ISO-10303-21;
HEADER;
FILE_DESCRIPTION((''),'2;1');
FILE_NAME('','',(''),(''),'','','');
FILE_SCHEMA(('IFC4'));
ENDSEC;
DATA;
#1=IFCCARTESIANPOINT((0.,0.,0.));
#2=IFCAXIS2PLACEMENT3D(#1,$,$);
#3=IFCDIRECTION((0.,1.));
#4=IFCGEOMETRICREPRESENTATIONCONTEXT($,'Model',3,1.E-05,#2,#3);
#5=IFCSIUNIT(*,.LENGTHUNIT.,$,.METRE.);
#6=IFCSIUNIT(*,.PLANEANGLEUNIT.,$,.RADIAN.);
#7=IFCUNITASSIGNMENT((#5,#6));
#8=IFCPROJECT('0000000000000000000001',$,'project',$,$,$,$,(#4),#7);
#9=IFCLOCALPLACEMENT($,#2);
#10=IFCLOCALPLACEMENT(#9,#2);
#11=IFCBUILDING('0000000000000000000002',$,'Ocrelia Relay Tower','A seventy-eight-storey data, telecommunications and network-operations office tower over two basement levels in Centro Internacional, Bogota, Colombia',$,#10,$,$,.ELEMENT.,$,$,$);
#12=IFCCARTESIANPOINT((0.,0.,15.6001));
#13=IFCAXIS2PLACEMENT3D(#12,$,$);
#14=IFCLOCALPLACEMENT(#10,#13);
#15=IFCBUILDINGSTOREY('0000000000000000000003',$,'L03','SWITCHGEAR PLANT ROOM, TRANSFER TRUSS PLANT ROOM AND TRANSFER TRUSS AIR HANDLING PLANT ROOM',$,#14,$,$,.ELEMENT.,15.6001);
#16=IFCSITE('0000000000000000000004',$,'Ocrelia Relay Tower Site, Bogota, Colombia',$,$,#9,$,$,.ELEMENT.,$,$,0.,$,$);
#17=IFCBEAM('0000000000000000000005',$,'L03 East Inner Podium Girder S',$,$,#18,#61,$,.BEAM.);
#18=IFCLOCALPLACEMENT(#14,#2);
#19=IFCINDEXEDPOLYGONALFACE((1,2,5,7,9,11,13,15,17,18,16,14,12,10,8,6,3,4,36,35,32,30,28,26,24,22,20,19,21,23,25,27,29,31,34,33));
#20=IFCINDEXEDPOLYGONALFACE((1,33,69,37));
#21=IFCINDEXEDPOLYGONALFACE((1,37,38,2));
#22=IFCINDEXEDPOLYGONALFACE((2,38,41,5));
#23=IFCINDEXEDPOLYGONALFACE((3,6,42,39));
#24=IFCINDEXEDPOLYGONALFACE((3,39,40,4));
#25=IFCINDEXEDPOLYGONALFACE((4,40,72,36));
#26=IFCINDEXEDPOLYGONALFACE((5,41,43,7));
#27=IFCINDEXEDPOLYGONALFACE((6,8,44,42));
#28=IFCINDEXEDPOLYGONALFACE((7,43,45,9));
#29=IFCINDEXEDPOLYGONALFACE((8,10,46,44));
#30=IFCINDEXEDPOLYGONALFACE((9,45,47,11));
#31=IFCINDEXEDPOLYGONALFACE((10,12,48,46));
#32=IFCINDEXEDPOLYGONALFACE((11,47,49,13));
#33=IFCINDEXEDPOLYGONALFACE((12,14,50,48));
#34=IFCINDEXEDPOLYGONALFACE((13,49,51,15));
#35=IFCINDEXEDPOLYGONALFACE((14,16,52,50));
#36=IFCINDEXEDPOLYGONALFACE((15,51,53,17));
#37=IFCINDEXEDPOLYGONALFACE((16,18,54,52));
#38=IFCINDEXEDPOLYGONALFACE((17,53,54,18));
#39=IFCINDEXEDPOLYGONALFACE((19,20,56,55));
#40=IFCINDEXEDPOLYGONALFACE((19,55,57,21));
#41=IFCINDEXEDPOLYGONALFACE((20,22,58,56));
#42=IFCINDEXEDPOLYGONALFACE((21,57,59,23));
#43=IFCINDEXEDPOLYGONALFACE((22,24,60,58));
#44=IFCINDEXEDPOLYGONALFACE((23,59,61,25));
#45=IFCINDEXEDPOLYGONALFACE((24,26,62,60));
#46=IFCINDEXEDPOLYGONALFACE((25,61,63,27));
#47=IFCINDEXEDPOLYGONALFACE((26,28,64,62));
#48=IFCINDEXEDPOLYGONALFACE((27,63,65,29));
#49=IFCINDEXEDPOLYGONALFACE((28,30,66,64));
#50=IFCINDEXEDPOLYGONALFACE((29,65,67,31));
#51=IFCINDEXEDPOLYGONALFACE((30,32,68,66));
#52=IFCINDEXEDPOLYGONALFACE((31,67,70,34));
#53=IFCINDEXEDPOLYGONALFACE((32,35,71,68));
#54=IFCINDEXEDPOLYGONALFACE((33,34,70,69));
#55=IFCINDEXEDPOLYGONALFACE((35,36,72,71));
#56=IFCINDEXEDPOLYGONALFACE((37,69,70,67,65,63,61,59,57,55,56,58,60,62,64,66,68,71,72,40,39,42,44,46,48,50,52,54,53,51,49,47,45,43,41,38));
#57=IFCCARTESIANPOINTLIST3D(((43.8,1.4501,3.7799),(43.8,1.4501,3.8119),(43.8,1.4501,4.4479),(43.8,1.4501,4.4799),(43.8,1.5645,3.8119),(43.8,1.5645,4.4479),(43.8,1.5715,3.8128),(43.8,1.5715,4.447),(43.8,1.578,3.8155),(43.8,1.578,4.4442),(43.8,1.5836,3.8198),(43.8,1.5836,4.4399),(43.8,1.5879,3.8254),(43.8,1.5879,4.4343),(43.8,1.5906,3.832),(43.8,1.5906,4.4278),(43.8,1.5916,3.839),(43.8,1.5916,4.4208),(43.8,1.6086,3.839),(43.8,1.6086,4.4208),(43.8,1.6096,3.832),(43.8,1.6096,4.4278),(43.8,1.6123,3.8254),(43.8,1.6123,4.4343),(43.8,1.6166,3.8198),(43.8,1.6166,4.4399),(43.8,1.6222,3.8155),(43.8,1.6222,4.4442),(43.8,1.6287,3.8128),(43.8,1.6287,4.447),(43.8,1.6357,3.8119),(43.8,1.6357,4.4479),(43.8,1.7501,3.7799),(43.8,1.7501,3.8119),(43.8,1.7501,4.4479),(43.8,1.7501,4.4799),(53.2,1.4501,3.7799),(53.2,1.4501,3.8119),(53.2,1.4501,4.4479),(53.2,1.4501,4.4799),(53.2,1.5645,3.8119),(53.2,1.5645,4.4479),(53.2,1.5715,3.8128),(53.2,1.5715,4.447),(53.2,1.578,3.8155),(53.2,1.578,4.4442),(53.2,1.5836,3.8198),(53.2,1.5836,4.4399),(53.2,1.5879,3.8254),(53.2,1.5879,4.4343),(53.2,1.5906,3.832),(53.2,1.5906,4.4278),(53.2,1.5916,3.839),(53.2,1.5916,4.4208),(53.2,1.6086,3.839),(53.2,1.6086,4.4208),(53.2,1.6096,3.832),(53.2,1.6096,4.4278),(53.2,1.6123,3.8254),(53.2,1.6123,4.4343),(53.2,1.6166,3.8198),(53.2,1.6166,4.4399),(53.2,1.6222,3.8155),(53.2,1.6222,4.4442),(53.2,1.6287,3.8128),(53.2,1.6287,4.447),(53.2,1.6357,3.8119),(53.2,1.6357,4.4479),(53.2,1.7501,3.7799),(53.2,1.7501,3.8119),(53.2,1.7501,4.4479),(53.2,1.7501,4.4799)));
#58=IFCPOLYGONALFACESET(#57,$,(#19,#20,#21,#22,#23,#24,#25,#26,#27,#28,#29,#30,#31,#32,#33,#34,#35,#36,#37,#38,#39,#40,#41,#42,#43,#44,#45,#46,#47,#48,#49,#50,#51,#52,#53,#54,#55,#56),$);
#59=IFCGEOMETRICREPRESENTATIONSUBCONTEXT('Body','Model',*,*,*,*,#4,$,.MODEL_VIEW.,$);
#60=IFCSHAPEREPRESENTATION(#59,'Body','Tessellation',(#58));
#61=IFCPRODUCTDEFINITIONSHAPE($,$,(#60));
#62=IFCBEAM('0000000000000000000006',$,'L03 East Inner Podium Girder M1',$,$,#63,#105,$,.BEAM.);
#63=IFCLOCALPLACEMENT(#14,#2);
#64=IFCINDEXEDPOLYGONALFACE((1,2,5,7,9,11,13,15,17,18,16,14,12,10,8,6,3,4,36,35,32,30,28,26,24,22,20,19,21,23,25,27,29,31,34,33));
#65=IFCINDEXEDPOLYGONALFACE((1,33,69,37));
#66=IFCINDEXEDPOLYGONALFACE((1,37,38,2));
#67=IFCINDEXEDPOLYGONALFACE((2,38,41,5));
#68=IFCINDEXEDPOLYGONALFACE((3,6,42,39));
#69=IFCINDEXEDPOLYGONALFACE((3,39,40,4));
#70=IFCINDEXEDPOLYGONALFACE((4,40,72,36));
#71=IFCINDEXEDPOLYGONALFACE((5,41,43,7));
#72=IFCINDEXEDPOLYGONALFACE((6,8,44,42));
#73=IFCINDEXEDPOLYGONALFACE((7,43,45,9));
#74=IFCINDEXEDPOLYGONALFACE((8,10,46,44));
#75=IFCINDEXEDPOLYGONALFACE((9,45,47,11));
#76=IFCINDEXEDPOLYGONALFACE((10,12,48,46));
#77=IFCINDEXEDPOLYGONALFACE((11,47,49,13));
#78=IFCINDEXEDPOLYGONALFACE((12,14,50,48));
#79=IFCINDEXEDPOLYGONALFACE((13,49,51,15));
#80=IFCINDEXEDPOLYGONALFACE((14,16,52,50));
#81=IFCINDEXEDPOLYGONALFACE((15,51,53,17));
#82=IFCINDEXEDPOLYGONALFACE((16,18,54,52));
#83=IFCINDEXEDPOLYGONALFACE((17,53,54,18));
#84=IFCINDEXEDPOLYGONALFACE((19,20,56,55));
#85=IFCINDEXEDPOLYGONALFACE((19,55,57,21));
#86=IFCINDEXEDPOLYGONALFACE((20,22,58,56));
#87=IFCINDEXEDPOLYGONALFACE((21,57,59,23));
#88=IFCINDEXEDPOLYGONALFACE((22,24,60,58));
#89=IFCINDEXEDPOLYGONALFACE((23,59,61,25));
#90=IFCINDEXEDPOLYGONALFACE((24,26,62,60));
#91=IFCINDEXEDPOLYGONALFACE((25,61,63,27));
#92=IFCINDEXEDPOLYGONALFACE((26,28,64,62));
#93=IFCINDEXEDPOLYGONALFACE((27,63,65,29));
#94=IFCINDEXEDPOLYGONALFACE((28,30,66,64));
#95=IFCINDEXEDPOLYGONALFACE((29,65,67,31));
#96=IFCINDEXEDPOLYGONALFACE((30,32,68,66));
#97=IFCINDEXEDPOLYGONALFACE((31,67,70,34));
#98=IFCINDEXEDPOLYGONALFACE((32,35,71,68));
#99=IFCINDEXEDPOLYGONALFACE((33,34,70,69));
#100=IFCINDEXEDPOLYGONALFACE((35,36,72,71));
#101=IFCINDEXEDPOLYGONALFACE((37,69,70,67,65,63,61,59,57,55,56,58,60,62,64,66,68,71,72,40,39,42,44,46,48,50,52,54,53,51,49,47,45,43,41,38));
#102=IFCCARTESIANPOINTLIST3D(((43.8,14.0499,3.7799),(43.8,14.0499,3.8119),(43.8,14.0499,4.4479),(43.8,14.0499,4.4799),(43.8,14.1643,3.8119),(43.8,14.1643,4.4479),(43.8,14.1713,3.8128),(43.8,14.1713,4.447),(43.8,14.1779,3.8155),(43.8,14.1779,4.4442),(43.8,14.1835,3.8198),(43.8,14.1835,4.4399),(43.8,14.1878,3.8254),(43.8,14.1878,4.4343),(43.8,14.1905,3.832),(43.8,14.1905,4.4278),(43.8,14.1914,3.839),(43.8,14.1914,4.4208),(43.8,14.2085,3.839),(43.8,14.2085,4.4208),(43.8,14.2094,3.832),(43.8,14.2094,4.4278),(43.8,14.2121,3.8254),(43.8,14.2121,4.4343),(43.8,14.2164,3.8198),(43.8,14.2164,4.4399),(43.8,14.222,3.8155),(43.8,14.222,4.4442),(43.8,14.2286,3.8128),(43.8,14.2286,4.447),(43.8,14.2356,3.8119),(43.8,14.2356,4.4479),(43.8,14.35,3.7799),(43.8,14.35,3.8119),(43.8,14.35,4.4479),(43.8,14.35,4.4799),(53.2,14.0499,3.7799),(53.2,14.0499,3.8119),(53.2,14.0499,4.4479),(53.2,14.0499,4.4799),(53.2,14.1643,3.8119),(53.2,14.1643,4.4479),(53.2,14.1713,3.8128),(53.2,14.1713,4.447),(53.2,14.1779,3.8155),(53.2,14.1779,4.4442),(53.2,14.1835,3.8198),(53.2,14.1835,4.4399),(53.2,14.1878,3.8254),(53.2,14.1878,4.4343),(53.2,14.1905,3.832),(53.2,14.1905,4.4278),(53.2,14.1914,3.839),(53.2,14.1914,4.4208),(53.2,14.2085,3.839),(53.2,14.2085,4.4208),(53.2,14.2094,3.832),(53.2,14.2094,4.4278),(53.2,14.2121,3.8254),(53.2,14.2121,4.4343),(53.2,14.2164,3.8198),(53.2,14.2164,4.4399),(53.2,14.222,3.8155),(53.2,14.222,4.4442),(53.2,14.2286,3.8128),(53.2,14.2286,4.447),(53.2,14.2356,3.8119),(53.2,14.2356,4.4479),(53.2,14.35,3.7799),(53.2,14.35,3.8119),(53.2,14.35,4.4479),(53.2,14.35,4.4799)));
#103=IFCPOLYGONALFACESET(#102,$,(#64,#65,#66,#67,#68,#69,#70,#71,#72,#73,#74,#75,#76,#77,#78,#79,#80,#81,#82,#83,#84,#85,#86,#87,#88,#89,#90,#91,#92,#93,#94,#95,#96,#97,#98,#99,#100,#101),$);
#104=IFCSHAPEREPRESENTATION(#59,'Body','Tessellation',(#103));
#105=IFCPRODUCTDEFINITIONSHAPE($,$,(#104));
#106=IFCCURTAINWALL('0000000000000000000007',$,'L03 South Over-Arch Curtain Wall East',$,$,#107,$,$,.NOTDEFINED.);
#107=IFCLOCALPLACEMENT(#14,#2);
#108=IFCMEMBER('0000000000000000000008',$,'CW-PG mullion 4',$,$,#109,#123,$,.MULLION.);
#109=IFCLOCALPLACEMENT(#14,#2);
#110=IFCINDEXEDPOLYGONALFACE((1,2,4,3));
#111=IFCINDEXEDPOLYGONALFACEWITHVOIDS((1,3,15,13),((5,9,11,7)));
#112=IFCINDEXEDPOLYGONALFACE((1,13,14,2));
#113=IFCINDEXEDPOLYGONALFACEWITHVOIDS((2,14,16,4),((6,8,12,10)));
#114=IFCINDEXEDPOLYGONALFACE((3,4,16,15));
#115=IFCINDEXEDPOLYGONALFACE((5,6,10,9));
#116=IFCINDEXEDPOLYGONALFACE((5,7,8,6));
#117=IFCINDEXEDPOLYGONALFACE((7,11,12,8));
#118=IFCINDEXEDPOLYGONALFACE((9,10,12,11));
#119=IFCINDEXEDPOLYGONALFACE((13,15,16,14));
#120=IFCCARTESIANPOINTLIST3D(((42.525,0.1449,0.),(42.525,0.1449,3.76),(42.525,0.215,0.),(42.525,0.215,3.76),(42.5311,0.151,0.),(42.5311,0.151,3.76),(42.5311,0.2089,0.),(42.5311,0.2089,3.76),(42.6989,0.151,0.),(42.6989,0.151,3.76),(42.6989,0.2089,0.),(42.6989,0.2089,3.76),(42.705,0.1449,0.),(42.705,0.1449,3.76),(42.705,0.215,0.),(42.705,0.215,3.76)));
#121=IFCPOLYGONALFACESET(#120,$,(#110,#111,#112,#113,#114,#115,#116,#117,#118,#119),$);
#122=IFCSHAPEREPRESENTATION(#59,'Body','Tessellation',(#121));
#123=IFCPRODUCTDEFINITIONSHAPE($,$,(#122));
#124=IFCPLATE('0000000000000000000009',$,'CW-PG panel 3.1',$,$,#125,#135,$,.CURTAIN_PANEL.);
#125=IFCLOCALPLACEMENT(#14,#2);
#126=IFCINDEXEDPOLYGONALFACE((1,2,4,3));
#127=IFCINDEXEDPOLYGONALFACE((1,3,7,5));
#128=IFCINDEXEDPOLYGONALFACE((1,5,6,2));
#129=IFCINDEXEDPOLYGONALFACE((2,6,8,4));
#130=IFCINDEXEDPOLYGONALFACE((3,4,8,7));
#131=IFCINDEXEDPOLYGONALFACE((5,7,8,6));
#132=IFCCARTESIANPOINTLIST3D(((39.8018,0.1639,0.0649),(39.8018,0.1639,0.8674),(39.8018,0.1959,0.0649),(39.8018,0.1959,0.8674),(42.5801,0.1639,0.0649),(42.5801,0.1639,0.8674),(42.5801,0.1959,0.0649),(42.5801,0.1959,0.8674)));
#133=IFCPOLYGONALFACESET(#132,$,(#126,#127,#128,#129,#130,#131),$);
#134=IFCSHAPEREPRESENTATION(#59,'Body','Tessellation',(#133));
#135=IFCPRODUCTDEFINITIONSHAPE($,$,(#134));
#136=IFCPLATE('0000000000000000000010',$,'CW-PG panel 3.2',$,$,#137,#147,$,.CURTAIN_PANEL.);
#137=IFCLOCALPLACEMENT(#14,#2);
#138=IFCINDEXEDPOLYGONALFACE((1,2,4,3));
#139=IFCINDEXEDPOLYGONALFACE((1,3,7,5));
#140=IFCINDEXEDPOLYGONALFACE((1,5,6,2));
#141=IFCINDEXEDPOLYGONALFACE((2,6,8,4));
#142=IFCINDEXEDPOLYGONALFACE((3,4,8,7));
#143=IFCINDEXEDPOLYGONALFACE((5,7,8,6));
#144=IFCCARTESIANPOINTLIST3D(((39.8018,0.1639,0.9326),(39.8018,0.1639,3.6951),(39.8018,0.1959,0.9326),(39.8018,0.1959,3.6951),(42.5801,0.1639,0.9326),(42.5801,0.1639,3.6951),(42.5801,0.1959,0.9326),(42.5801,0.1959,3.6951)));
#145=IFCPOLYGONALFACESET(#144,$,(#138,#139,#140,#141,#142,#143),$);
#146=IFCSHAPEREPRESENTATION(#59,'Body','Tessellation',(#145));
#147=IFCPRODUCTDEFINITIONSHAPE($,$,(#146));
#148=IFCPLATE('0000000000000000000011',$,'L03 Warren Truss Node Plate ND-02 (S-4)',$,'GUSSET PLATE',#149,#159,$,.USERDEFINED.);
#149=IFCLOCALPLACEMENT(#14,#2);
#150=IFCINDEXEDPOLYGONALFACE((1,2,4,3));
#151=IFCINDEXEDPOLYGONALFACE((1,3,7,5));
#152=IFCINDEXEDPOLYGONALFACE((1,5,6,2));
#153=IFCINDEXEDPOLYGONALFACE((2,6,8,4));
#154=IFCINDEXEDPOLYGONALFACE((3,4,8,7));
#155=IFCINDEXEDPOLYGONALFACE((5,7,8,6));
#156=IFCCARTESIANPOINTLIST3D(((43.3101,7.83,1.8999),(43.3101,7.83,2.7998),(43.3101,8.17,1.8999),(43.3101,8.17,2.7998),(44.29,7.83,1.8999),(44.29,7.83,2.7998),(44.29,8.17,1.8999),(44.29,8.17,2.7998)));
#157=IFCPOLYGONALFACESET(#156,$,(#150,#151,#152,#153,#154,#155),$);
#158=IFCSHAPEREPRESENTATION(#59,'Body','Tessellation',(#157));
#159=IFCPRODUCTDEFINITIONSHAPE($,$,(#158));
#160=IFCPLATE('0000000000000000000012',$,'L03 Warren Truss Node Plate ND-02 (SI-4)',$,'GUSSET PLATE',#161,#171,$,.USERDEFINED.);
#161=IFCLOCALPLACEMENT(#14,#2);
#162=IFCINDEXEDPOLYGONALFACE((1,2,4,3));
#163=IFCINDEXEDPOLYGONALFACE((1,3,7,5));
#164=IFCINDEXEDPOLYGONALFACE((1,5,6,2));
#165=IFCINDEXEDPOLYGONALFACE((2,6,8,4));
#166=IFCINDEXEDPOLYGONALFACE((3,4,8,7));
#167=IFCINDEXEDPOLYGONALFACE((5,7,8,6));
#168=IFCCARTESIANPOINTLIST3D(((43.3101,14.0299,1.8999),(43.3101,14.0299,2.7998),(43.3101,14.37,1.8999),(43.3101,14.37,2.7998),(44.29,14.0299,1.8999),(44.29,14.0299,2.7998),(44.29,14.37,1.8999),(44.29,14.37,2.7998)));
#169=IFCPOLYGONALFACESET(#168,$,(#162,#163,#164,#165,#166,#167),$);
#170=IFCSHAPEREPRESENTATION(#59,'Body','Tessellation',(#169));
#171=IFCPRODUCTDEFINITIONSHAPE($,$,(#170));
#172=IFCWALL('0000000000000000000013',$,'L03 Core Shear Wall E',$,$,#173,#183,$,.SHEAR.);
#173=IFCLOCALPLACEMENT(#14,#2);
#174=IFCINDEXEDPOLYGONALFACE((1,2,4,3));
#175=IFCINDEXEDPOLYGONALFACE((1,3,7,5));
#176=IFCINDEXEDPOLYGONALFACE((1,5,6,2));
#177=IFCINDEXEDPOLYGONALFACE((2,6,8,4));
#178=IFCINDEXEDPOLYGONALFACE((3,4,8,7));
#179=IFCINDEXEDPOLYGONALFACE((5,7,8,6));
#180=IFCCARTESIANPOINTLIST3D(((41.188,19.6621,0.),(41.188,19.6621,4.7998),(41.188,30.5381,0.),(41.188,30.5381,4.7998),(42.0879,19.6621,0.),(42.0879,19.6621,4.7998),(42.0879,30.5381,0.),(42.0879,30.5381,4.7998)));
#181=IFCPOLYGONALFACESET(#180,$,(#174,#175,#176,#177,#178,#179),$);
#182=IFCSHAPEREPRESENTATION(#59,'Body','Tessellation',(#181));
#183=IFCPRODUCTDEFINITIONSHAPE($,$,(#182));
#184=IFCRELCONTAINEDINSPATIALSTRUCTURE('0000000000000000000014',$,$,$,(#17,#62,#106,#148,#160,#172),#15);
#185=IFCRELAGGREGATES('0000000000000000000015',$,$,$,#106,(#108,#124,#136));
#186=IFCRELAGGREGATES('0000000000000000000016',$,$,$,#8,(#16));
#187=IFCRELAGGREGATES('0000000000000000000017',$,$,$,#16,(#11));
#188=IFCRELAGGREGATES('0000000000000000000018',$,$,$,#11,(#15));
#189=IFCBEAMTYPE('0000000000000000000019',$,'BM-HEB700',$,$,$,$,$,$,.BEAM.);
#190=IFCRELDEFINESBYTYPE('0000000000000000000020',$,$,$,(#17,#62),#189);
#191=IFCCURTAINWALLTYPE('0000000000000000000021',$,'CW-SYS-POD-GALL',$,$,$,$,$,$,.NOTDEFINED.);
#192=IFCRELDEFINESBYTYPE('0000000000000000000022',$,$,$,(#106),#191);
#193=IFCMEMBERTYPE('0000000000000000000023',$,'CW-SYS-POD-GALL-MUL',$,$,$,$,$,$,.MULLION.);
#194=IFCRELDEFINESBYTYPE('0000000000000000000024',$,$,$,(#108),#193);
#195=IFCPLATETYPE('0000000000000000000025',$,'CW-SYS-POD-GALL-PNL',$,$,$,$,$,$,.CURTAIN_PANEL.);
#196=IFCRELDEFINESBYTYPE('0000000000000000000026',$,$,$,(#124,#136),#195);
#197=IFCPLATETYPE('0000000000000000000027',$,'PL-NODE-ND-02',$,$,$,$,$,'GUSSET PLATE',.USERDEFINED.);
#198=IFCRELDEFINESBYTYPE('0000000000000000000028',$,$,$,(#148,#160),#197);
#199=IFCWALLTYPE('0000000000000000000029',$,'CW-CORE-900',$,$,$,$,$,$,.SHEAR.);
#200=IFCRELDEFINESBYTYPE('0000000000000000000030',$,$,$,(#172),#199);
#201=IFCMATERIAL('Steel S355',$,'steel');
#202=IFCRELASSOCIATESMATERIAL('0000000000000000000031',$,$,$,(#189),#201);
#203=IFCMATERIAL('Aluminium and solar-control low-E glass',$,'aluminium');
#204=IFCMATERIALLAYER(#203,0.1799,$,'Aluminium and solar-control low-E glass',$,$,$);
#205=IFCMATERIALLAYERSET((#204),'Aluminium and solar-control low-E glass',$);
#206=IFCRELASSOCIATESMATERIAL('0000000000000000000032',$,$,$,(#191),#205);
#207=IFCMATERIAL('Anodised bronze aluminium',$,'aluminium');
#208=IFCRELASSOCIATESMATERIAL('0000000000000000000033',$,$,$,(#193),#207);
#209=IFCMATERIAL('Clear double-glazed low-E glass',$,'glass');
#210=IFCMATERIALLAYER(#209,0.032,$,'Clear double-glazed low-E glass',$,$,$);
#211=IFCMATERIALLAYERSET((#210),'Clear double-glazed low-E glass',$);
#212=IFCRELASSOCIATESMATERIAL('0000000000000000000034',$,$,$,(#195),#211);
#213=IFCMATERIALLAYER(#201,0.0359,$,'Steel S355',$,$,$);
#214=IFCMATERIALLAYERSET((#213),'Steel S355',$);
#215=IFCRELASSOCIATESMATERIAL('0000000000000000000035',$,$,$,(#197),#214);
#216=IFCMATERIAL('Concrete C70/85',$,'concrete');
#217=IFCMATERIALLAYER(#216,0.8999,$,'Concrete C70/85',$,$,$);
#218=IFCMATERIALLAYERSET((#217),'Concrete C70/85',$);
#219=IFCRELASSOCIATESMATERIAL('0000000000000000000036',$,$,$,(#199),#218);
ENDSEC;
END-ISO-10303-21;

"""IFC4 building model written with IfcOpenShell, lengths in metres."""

from ifc_helpers import new_model, si_unit, direction, frame, frame_2d, origin, origin_2d, place, context, subcontext, project, spatial, rectangle, hollow_rectangle, i_section, extrude, material, layer, layer_set, material_profile, profile_set, type_object, element, aggregate, save


model = new_model("IFC4")

# Units and contexts
model_context = context("Model", 3, precision=1e-05, world=origin(), true_north=direction((0.0, 1.0)))
body_context = subcontext(model_context, "Body", "Model", "MODEL_VIEW")
ifc_project = project(units=[si_unit("LENGTHUNIT", "METRE"), si_unit("PLANEANGLEUNIT", "RADIAN")], contexts=[model_context])

# Site, building, storey
site_placement = place(None, origin())
site = spatial("IfcSite", under=ifc_project, at=site_placement, Name="Ocrelia Relay Tower Site, Bogota, Colombia", CompositionType="ELEMENT", RefElevation=0.0)
building_placement = place(site_placement, origin())
building = spatial("IfcBuilding", under=site, at=building_placement, Name="Ocrelia Relay Tower", Description="A seventy-eight-storey data, telecommunications and network-operations office tower over two basement levels in Centro Internacional, Bogota, Colombia", CompositionType="ELEMENT")
storey_placement = place(building_placement, frame((0.0, 0.0, 15.6001)))
storey = spatial("IfcBuildingStorey", under=building, at=storey_placement, Name="L03", Description="SWITCHGEAR PLANT ROOM, TRANSFER TRUSS PLANT ROOM AND TRANSFER TRUSS AIR HANDLING PLANT ROOM", CompositionType="ELEMENT", Elevation=15.6001)

# Shared definitions
ifc_material_1 = material(Name="Concrete C70/85", Category="concrete")

# Beams
ifc_material_2 = material(Name="Steel S355", Category="steel")
ifc_material_profile_1 = material_profile(ifc_material_2, i_section(OverallWidth=0.3, OverallDepth=0.7, WebThickness=0.0171, FlangeThickness=0.032, FilletRadius=0.0271, at=origin_2d()), Name="HEB 700")
ifc_profile_set_1 = profile_set([ifc_material_profile_1], Name="Steel S355")
beam_type_1 = type_object("IfcBeamType", Name="BM-HEB700", PredefinedType="BEAM", material=ifc_profile_set_1)
for number, where, z_axis, x_axis, name in (
    (1, (43.8, 1.6001, 4.1299), (1.0, 0.0, 0.0), (0.0, 1.0, 0.0), "L03 East Inner Podium Girder S"),
    (2, (43.8, 14.2, 4.1299), (1.0, 0.0, 0.0), (0.0, 1.0, 0.0), "L03 East Inner Podium Girder M1"),
):
    element("IfcBeam", number, at=place(storey_placement, frame(where, z_axis=z_axis, x_axis=x_axis)), inside=storey, type_object=beam_type_1, Name=name, PredefinedType="BEAM", context=body_context, shape_type="SweptSolid", body=[
        extrude(i_section(OverallWidth=0.3, OverallDepth=0.7, WebThickness=0.0171, FlangeThickness=0.032, FilletRadius=0.0271, at=origin_2d()), origin(), (0.0, 0.0, 1.0), 9.3999),
    ])

# Curtain wall, member, plates
ifc_material_3 = material(Name="Aluminium and solar-control low-E glass", Category="aluminium")
ifc_layer_1 = layer(ifc_material_3, 0.1799, Name="Aluminium and solar-control low-E glass")
ifc_layer_set_1 = layer_set([ifc_layer_1], Name="Aluminium and solar-control low-E glass")
curtain_wall_type = type_object("IfcCurtainWallType", Name="CW-SYS-POD-GALL", PredefinedType="NOTDEFINED", material=ifc_layer_set_1)
curtain_wall_placement = place(storey_placement, origin())
curtain_wall = element("IfcCurtainWall", 3, at=curtain_wall_placement, inside=storey, type_object=curtain_wall_type, Name="L03 South Over-Arch Curtain Wall East", PredefinedType="NOTDEFINED")
ifc_material_4 = material(Name="Anodised bronze aluminium", Category="aluminium")
ifc_material_profile_2 = material_profile(ifc_material_4, hollow_rectangle(XDim=0.0701, YDim=0.1799, WallThickness=0.0061, at=origin_2d()), Name="CW-MUL-180x70")
ifc_profile_set_2 = profile_set([ifc_material_profile_2], Name="Anodised bronze aluminium")
member_type = type_object("IfcMemberType", Name="CW-SYS-POD-GALL-MUL", PredefinedType="MULLION", material=ifc_profile_set_2)
member_placement = place(storey_placement, frame((42.615, 0.1799, 0.0), z_axis=(0.0, 0.0, 1.0), x_axis=(0.0, 1.0, 0.0)))
member = element("IfcMember", 4, at=member_placement, type_object=member_type, Name="CW-PG mullion 4", PredefinedType="MULLION", context=body_context, shape_type="SweptSolid", body=[
    extrude(hollow_rectangle(XDim=0.0701, YDim=0.1799, WallThickness=0.0061, at=origin_2d()), origin(), (0.0, 0.0, 1.0), 3.76),
])
ifc_material_5 = material(Name="Clear double-glazed low-E glass", Category="glass")
ifc_layer_2 = layer(ifc_material_5, 0.032, Name="Clear double-glazed low-E glass")
ifc_layer_set_2 = layer_set([ifc_layer_2], Name="Clear double-glazed low-E glass")
plate_type_1 = type_object("IfcPlateType", Name="CW-SYS-POD-GALL-PNL", PredefinedType="CURTAIN_PANEL", material=ifc_layer_set_2)
plate_1_placement = place(storey_placement, frame((41.1909, 0.1799, 0.0649), z_axis=(0.0, 0.0, 1.0), x_axis=(1.0, 0.0, 0.0)))
plate_1 = element("IfcPlate", 5, at=plate_1_placement, type_object=plate_type_1, Name="CW-PG panel 3.1", PredefinedType="CURTAIN_PANEL", context=body_context, shape_type="SweptSolid", body=[
    extrude(rectangle(XDim=2.7783, YDim=0.032, at=origin_2d()), origin(), (0.0, 0.0, 1.0), 0.8025),
])
plate_2_placement = place(storey_placement, frame((41.1909, 0.1799, 0.9326), z_axis=(0.0, 0.0, 1.0), x_axis=(1.0, 0.0, 0.0)))
plate_2 = element("IfcPlate", 6, at=plate_2_placement, type_object=plate_type_1, Name="CW-PG panel 3.2", PredefinedType="CURTAIN_PANEL", context=body_context, shape_type="SweptSolid", body=[
    extrude(rectangle(XDim=2.7783, YDim=0.032, at=origin_2d()), origin(), (0.0, 0.0, 1.0), 2.7625),
])
aggregate(curtain_wall, [member, plate_1, plate_2])

# Plates
ifc_layer_3 = layer(ifc_material_2, 0.0359, Name="Steel S355")
ifc_layer_set_3 = layer_set([ifc_layer_3], Name="Steel S355")
plate_type_2 = type_object("IfcPlateType", Name="PL-NODE-ND-02", ElementType="GUSSET PLATE", PredefinedType="USERDEFINED", material=ifc_layer_set_3)
for number, where, z_axis, x_axis, name in (
    (7, (43.8, 8.0, 1.8999), (0.0, 0.0, 1.0), (1.0, 0.0, 0.0), "L03 Warren Truss Node Plate ND-02 (S-4)"),
    (8, (43.8, 14.2, 1.8999), (0.0, 0.0, 1.0), (1.0, 0.0, 0.0), "L03 Warren Truss Node Plate ND-02 (SI-4)"),
):
    element("IfcPlate", number, at=place(storey_placement, frame(where, z_axis=z_axis, x_axis=x_axis)), inside=storey, type_object=plate_type_2, Name=name, ObjectType="GUSSET PLATE", PredefinedType="USERDEFINED", context=body_context, shape_type="SweptSolid", body=[
        extrude(rectangle(XDim=0.98, YDim=0.3401, at=origin_2d()), origin(), (0.0, 0.0, 1.0), 0.8999),
    ])

# Wall
ifc_layer_4 = layer(ifc_material_1, 0.8999, Name="Concrete C70/85")
ifc_layer_set_4 = layer_set([ifc_layer_4], Name="Concrete C70/85")
wall_type_1 = type_object("IfcWallType", Name="CW-CORE-900", PredefinedType="SHEAR", material=ifc_layer_set_4)
wall_1_placement = place(storey_placement, frame((41.6379, 19.6621, 0.0), z_axis=(0.0, 0.0, 1.0), x_axis=(0.0, 1.0, 0.0)))
element("IfcWall", 9, at=wall_1_placement, inside=storey, type_object=wall_type_1, Name="L03 Core Shear Wall E", PredefinedType="SHEAR", context=body_context, shape_type="SweptSolid", body=[
    extrude(rectangle(XDim=10.876, YDim=0.8999, at=frame_2d((5.438, 0.0))), origin(), (0.0, 0.0, 1.0), 4.7998),
])

save(model, "model.ifc")
